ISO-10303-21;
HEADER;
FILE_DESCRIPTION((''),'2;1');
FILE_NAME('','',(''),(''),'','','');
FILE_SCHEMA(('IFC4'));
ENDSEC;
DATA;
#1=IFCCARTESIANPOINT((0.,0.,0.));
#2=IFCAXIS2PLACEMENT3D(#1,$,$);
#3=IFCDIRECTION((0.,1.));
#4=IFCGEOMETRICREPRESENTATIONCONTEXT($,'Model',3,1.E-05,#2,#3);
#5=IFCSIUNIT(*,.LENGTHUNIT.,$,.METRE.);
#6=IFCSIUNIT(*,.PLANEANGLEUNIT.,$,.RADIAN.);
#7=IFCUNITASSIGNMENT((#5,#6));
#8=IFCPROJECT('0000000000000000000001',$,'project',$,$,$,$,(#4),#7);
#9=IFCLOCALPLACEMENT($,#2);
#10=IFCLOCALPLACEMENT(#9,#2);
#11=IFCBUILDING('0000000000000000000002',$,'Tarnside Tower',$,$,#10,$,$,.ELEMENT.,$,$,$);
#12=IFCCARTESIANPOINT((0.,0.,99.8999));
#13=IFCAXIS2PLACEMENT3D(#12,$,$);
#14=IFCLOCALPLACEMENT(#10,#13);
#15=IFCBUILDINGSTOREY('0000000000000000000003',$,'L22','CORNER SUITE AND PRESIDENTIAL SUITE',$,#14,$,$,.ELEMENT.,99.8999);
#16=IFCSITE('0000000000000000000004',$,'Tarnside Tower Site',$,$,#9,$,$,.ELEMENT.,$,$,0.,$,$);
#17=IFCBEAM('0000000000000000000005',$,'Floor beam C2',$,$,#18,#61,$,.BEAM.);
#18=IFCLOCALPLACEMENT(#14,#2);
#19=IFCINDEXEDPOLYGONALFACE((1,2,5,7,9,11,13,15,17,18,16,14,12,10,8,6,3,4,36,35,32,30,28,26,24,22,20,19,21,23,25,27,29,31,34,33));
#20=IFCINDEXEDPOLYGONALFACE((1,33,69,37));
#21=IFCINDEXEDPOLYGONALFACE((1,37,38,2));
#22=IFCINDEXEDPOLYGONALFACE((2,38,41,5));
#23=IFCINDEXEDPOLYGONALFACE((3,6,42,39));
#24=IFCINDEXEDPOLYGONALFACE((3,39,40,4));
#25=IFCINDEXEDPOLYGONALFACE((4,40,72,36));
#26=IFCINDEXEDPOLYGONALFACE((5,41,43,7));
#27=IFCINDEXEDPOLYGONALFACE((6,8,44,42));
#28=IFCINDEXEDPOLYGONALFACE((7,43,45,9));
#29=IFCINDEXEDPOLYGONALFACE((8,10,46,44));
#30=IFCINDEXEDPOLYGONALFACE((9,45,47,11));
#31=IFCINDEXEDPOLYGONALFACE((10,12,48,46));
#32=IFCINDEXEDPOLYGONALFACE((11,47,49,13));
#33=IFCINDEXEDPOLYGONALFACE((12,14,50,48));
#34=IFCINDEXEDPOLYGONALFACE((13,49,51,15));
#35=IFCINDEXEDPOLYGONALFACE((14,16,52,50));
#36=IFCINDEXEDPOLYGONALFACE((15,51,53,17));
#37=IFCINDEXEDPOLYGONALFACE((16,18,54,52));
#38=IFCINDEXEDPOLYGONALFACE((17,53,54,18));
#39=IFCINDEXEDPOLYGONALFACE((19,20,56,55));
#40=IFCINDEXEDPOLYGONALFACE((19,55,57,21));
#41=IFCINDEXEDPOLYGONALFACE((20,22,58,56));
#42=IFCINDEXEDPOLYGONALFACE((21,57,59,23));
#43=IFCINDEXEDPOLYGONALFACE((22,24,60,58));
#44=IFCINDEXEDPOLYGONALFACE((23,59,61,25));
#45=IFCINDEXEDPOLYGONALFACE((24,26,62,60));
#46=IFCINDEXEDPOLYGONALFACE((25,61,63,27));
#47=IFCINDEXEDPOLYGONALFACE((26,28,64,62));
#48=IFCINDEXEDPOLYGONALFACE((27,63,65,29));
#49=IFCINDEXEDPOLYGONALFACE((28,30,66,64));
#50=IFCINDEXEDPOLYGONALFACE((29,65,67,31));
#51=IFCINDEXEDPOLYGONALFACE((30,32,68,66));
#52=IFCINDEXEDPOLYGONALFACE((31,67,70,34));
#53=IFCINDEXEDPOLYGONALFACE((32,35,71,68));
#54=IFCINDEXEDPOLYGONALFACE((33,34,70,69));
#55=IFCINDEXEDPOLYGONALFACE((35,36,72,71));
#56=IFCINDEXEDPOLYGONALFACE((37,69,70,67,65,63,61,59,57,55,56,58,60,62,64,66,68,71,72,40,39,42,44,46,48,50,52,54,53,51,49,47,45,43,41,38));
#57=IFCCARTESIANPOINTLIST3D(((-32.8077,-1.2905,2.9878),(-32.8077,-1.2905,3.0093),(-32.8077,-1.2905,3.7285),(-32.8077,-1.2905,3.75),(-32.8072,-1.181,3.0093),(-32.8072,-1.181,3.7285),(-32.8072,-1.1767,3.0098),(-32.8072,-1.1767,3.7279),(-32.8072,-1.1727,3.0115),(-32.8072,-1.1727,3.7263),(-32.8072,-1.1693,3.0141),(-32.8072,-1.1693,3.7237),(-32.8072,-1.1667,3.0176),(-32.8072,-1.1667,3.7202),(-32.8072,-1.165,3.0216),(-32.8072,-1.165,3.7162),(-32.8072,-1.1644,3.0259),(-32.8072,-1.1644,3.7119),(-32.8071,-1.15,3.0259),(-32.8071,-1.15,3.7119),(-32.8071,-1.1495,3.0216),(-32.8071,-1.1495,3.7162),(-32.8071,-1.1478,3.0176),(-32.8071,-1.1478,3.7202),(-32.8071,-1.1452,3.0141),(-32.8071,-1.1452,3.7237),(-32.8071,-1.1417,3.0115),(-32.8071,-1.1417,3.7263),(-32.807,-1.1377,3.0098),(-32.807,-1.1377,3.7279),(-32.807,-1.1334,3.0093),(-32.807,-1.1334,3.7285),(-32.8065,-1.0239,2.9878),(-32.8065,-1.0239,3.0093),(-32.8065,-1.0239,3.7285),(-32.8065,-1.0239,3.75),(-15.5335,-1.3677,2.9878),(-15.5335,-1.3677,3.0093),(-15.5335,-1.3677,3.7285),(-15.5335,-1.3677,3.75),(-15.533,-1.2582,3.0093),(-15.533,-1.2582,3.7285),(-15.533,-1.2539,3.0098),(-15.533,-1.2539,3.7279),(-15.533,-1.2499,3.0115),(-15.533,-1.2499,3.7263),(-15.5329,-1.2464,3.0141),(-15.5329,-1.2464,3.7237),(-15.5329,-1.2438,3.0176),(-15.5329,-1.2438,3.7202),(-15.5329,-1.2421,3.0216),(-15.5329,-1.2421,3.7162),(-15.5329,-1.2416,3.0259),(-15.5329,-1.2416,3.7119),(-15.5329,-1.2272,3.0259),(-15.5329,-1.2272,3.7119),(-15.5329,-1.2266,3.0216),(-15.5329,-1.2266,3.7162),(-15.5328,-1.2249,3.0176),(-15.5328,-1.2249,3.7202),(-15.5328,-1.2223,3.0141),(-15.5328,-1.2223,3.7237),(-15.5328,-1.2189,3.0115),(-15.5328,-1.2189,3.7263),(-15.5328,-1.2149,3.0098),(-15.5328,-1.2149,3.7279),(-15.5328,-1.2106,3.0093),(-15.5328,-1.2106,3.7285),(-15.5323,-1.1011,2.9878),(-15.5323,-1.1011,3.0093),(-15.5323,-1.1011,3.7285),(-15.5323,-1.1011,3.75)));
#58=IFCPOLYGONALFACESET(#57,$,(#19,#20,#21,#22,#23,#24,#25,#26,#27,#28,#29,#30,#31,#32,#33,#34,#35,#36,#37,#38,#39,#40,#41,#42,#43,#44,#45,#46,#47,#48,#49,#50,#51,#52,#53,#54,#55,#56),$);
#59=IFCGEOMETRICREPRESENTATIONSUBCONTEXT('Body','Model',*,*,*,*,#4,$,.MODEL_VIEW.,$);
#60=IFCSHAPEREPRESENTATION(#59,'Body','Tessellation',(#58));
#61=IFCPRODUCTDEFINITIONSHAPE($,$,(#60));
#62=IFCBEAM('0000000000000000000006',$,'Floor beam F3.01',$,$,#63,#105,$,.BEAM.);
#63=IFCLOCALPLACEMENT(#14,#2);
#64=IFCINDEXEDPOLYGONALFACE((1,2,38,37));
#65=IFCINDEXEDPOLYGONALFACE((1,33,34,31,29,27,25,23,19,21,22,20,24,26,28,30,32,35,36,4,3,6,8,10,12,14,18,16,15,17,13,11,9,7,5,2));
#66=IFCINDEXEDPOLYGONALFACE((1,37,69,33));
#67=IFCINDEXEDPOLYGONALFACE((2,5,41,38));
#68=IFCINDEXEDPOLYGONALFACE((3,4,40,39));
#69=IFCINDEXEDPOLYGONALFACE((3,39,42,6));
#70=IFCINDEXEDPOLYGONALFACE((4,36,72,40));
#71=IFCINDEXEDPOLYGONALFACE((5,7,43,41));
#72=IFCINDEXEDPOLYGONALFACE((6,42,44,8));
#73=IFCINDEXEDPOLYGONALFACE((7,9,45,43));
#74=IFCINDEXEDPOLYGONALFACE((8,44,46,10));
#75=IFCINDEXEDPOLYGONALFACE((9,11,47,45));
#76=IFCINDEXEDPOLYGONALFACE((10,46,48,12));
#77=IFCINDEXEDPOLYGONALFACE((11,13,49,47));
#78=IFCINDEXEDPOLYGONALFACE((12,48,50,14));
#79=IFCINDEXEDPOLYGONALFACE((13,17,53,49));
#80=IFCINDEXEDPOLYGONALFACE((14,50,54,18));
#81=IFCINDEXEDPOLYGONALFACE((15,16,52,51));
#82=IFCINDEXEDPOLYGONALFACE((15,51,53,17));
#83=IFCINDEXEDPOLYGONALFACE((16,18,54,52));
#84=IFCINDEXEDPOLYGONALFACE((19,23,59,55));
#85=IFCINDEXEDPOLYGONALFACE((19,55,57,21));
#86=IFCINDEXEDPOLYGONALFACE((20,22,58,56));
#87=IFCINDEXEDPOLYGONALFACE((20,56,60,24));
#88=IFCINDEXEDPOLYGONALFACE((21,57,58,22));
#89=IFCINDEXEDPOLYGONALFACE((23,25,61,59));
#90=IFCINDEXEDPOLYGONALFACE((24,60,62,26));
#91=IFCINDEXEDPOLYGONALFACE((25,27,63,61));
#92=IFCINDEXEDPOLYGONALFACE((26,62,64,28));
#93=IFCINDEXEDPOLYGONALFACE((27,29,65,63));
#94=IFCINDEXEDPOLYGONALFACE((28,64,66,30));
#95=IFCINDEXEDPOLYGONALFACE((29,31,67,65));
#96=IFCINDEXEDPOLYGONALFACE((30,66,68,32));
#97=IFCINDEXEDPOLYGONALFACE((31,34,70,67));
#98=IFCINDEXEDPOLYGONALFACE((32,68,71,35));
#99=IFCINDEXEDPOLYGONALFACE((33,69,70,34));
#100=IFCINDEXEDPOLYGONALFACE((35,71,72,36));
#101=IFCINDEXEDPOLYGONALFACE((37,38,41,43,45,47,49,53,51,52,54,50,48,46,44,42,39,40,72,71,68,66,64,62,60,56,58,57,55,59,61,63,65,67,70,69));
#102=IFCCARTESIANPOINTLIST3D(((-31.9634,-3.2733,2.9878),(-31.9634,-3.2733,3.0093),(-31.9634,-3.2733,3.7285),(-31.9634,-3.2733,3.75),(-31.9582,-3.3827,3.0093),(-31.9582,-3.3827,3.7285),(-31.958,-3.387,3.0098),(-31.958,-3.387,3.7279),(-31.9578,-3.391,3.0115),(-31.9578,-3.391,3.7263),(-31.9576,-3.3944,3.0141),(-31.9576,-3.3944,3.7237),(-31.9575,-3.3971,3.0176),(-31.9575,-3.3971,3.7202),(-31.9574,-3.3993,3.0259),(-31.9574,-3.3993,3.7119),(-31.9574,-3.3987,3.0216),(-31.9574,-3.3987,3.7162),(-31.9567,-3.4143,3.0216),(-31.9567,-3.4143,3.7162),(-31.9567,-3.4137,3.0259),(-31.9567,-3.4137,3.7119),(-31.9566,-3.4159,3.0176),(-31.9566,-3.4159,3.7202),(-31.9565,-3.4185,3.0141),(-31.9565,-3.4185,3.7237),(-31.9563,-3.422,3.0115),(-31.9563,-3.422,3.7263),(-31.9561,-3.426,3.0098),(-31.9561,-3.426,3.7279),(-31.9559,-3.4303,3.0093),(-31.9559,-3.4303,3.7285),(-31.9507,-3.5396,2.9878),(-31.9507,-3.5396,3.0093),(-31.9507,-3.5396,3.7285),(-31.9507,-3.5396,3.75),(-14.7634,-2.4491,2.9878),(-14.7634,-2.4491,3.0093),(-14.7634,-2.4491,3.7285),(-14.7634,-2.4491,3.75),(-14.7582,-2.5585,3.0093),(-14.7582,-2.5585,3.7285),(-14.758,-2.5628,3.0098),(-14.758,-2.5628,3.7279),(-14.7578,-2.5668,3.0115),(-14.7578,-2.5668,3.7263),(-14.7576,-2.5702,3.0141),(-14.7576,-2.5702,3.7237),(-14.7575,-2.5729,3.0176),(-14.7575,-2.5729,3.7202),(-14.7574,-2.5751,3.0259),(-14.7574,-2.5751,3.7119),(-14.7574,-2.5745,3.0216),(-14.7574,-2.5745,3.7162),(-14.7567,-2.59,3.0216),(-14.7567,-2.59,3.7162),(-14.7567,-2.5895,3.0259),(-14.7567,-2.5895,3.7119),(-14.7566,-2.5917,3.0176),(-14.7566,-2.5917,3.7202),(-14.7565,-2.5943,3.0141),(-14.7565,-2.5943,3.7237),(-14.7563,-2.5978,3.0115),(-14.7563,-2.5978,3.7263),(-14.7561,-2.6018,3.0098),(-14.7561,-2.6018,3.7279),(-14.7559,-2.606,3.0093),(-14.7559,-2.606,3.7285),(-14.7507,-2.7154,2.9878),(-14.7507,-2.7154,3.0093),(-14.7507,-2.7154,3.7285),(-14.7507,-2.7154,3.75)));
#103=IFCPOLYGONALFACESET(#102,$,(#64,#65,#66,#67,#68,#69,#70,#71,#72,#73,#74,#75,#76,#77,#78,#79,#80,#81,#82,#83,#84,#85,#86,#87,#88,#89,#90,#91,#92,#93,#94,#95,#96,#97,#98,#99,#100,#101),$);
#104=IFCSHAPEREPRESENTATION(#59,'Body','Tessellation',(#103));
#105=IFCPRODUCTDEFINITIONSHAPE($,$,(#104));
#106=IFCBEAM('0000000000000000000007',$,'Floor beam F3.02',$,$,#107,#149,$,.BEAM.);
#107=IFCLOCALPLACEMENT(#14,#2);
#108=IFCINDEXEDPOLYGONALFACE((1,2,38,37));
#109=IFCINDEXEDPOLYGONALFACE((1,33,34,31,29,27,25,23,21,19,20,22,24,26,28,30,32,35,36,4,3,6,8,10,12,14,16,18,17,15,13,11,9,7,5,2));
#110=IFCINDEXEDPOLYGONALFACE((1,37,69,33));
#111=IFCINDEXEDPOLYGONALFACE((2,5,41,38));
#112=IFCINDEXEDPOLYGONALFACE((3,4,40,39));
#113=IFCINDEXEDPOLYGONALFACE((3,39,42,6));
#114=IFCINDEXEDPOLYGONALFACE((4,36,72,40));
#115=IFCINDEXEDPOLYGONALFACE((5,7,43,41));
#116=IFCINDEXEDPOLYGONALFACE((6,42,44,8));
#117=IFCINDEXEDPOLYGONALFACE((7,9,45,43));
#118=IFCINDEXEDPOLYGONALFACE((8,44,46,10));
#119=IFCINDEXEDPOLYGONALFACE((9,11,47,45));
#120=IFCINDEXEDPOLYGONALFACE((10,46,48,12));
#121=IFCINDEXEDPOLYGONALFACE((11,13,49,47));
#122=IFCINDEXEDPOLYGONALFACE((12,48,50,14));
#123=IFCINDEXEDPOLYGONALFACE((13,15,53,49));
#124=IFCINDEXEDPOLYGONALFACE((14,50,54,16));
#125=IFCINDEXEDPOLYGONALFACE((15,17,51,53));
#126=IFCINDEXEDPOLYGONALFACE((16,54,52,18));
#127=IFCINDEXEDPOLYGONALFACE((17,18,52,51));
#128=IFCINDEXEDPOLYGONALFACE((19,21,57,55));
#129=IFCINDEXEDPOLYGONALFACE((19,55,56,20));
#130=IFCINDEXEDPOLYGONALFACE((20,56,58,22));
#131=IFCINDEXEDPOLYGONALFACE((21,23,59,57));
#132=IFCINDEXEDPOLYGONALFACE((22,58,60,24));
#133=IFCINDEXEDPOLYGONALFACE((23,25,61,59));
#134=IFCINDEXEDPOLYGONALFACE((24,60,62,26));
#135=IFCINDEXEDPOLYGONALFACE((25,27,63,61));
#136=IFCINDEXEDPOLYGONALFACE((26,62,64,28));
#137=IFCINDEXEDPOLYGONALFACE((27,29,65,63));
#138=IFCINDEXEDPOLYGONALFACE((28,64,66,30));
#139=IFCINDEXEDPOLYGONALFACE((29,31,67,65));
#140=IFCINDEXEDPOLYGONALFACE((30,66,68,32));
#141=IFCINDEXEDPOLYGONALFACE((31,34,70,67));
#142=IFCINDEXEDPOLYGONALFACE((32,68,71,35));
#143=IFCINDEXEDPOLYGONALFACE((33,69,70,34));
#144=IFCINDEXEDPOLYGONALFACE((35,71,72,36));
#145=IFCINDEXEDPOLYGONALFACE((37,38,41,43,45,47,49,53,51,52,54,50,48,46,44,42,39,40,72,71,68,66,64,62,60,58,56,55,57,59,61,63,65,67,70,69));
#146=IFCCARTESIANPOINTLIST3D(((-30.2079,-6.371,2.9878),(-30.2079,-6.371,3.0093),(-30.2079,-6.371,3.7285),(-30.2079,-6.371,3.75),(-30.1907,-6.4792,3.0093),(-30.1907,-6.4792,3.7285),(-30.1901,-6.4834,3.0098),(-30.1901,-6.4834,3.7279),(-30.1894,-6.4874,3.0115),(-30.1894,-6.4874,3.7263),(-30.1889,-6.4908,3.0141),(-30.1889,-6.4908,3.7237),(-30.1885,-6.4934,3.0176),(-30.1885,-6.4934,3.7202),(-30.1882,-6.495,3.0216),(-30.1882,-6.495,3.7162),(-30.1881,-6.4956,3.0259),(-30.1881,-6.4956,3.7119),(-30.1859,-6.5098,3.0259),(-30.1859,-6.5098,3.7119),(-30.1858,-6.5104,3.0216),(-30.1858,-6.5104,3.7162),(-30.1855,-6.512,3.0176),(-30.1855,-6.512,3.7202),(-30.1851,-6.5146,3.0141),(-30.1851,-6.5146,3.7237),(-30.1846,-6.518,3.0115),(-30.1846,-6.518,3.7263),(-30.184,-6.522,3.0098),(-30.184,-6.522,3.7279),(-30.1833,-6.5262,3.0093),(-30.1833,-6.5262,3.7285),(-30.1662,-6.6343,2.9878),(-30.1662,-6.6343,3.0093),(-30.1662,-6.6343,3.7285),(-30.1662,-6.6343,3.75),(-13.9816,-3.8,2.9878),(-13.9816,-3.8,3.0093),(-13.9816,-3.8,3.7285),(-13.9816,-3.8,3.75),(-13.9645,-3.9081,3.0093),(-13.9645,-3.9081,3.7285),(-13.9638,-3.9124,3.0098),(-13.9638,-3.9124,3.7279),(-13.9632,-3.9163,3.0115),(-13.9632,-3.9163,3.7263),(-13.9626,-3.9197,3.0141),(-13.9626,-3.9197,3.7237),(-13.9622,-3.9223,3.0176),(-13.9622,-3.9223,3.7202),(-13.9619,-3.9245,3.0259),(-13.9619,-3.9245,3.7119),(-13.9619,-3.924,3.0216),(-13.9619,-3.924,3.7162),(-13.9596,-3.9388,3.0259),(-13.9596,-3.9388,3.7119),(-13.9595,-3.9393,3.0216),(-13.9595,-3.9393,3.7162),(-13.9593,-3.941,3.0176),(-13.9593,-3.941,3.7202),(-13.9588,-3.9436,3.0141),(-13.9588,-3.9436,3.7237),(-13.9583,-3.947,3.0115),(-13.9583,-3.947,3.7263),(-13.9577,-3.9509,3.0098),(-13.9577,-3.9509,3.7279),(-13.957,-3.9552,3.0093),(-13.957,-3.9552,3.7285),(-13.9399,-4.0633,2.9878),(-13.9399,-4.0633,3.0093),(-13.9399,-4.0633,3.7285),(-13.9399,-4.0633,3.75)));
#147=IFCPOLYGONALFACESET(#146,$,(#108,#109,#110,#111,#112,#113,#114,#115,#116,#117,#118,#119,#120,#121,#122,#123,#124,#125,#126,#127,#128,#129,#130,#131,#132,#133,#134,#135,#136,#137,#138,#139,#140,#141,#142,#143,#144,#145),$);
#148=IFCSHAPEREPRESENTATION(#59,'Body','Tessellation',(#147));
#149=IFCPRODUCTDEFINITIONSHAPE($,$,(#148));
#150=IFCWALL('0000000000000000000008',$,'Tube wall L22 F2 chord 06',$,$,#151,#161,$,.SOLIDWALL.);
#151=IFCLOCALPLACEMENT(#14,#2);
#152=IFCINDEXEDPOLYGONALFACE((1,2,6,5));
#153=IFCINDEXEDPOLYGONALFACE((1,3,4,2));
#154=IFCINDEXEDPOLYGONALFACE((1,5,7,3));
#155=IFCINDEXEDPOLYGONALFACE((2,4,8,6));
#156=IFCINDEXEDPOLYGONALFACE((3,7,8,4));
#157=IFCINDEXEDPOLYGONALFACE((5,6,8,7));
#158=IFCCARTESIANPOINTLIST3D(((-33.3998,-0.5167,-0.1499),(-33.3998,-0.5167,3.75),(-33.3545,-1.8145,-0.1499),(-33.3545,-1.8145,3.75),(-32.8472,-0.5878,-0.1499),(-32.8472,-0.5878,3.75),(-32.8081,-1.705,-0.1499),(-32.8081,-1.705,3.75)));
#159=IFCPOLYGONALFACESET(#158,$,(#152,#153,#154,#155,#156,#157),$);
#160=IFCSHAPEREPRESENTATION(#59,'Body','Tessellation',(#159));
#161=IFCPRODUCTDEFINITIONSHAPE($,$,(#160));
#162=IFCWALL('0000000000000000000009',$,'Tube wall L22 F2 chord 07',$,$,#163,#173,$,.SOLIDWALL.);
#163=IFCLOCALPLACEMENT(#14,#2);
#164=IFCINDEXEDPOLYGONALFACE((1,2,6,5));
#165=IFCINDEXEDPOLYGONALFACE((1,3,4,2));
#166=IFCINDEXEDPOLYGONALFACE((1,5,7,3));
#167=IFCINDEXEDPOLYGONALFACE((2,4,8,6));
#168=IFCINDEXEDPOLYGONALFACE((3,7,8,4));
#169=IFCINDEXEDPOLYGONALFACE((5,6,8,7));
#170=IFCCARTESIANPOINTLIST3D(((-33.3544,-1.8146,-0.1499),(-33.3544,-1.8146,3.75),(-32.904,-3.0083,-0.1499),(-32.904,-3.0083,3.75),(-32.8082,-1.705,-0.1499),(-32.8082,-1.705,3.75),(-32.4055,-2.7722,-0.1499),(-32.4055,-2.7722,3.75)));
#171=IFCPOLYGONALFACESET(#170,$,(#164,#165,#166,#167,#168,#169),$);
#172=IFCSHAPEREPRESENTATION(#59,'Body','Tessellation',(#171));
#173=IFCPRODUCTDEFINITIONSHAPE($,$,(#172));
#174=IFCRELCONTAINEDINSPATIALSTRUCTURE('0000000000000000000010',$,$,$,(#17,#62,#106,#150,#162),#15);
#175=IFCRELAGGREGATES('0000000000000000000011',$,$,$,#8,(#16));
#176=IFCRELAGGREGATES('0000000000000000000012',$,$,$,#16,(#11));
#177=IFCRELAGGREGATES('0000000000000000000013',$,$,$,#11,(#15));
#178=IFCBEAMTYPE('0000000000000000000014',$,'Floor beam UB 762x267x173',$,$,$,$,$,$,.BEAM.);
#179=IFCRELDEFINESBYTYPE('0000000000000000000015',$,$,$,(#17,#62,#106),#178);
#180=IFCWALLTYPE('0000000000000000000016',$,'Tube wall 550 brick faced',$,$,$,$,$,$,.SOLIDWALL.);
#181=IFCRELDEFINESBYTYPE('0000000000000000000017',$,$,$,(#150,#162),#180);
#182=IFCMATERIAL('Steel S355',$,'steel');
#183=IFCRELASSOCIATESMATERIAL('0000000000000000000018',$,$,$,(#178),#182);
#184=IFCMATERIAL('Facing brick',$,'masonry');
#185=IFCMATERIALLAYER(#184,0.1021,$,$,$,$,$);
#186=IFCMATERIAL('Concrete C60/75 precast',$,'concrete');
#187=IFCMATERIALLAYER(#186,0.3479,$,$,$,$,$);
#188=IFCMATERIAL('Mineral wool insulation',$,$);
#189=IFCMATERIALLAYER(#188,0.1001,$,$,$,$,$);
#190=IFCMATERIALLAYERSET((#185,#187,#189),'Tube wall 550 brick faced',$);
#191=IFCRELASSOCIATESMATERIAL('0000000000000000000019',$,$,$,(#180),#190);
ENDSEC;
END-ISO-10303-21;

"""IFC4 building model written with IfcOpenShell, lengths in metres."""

from ifc_helpers import new_model, si_unit, direction, frame, origin, origin_2d, place, context, subcontext, project, spatial, polyline, i_section, outline, extrude, material, layer, layer_set, material_profile, profile_set, type_object, element, save


model = new_model("IFC4")

# Units and contexts
model_context = context("Model", 3, precision=1e-05, world=origin(), true_north=direction((0.0, 1.0)))
body_context = subcontext(model_context, "Body", "Model", "MODEL_VIEW")
ifc_project = project(units=[si_unit("LENGTHUNIT", "METRE"), si_unit("PLANEANGLEUNIT", "RADIAN")], contexts=[model_context])

# Site, building, storey
site_placement = place(None, origin())
site = spatial("IfcSite", under=ifc_project, at=site_placement, Name="Tarnside Tower Site", CompositionType="ELEMENT", RefElevation=0.0)
building_placement = place(site_placement, origin())
building = spatial("IfcBuilding", under=site, at=building_placement, Name="Tarnside Tower", CompositionType="ELEMENT")
storey_placement = place(building_placement, frame((0.0, 0.0, 99.8999)))
storey = spatial("IfcBuildingStorey", under=building, at=storey_placement, Name="L22", Description="CORNER SUITE AND PRESIDENTIAL SUITE", CompositionType="ELEMENT", Elevation=99.8999)

# Beams
ifc_material_1 = material(Name="Steel S355", Category="steel")
ifc_material_profile = material_profile(ifc_material_1, i_section(OverallWidth=0.2666, OverallDepth=0.7622, WebThickness=0.0144, FlangeThickness=0.0215, FilletRadius=0.0166, at=origin_2d()), Name="UB 762x267x173")
ifc_profile_set = profile_set([ifc_material_profile], Name="Steel S355")
beam_type = type_object("IfcBeamType", Name="Floor beam UB 762x267x173", PredefinedType="BEAM", material=ifc_profile_set)
beam_1_placement = place(storey_placement, frame((-32.8071, -1.1572, 3.3689), z_axis=(0.99999, -0.004466, 0.0), x_axis=(0.004466, 0.99999, 0.0)))
element("IfcBeam", 1, at=beam_1_placement, inside=storey, type_object=beam_type, Name="Floor beam C2", PredefinedType="BEAM", context=body_context, shape_type="SweptSolid", body=[
    extrude(i_section(OverallWidth=0.2666, OverallDepth=0.7622, WebThickness=0.0144, FlangeThickness=0.0215, FilletRadius=0.0166, at=origin_2d()), origin(), (0.0, 0.0, 1.0), 17.2744),
])
beam_2_placement = place(storey_placement, frame((-31.957, -3.4065, 3.3689), z_axis=(0.998854, 0.047865, 0.0), x_axis=(-0.047865, 0.998854, 0.0)))
element("IfcBeam", 2, at=beam_2_placement, inside=storey, type_object=beam_type, Name="Floor beam F3.01", PredefinedType="BEAM", context=body_context, shape_type="SweptSolid", body=[
    extrude(i_section(OverallWidth=0.2666, OverallDepth=0.7622, WebThickness=0.0144, FlangeThickness=0.0215, FilletRadius=0.0166, at=origin_2d()), origin(), (0.0, 0.0, 1.0), 17.2197),
])
beam_3_placement = place(storey_placement, frame((-30.187, -6.5027, 3.3689), z_axis=(0.987678, 0.156497, 0.0), x_axis=(-0.156497, 0.987678, 0.0)))
element("IfcBeam", 3, at=beam_3_placement, inside=storey, type_object=beam_type, Name="Floor beam F3.02", PredefinedType="BEAM", context=body_context, shape_type="SweptSolid", body=[
    extrude(i_section(OverallWidth=0.2666, OverallDepth=0.7622, WebThickness=0.0144, FlangeThickness=0.0215, FilletRadius=0.0166, at=origin_2d()), origin(), (0.0, 0.0, 1.0), 16.4287),
])

# Walls
ifc_material_2 = material(Name="Facing brick", Category="masonry")
ifc_layer_1 = layer(ifc_material_2, 0.1021)
ifc_material_3 = material(Name="Concrete C60/75 precast", Category="concrete")
ifc_layer_2 = layer(ifc_material_3, 0.3479)
ifc_material_4 = material(Name="Mineral wool insulation")
ifc_layer_3 = layer(ifc_material_4, 0.1001)
ifc_layer_set_1 = layer_set([ifc_layer_1, ifc_layer_2, ifc_layer_3], Name="Tube wall 550 brick faced")
wall_type = type_object("IfcWallType", Name="Tube wall 550 brick faced", PredefinedType="SOLIDWALL", material=ifc_layer_set_1)
wall_1_placement = place(storey_placement, frame((-33.1235, -0.5522, -0.1499), z_axis=(0.0, 0.0, 1.0), x_axis=(0.034956, -0.999389, 0.0)))
element("IfcWall", 4, at=wall_1_placement, inside=storey, type_object=wall_type, Name="Tube wall L22 F2 chord 06", PredefinedType="SOLIDWALL", context=body_context, shape_type="SweptSolid", body=[
    extrude(outline(polyline([(-0.0452, -0.2749), (1.2534, -0.2749), (1.1631, 0.2749), (0.0452, 0.2749), (-0.0452, -0.2749)])), origin(), (0.0, 0.0, 1.0), 3.8999),
])
wall_2_placement = place(storey_placement, frame((-33.0813, -1.7598, -0.1499), z_axis=(0.0, 0.0, 1.0), x_axis=(0.353027, -0.935613, 0.0)))
element("IfcWall", 5, at=wall_2_placement, inside=storey, type_object=wall_type, Name="Tube wall L22 F2 chord 07", PredefinedType="SOLIDWALL", context=body_context, shape_type="SweptSolid", body=[
    extrude(outline(polyline([(-0.0452, -0.2749), (1.2307, -0.2749), (1.1858, 0.2749), (0.0452, 0.2749), (-0.0452, -0.2749)])), origin(), (0.0, 0.0, 1.0), 3.8999),
])

save(model, "model.ifc")
